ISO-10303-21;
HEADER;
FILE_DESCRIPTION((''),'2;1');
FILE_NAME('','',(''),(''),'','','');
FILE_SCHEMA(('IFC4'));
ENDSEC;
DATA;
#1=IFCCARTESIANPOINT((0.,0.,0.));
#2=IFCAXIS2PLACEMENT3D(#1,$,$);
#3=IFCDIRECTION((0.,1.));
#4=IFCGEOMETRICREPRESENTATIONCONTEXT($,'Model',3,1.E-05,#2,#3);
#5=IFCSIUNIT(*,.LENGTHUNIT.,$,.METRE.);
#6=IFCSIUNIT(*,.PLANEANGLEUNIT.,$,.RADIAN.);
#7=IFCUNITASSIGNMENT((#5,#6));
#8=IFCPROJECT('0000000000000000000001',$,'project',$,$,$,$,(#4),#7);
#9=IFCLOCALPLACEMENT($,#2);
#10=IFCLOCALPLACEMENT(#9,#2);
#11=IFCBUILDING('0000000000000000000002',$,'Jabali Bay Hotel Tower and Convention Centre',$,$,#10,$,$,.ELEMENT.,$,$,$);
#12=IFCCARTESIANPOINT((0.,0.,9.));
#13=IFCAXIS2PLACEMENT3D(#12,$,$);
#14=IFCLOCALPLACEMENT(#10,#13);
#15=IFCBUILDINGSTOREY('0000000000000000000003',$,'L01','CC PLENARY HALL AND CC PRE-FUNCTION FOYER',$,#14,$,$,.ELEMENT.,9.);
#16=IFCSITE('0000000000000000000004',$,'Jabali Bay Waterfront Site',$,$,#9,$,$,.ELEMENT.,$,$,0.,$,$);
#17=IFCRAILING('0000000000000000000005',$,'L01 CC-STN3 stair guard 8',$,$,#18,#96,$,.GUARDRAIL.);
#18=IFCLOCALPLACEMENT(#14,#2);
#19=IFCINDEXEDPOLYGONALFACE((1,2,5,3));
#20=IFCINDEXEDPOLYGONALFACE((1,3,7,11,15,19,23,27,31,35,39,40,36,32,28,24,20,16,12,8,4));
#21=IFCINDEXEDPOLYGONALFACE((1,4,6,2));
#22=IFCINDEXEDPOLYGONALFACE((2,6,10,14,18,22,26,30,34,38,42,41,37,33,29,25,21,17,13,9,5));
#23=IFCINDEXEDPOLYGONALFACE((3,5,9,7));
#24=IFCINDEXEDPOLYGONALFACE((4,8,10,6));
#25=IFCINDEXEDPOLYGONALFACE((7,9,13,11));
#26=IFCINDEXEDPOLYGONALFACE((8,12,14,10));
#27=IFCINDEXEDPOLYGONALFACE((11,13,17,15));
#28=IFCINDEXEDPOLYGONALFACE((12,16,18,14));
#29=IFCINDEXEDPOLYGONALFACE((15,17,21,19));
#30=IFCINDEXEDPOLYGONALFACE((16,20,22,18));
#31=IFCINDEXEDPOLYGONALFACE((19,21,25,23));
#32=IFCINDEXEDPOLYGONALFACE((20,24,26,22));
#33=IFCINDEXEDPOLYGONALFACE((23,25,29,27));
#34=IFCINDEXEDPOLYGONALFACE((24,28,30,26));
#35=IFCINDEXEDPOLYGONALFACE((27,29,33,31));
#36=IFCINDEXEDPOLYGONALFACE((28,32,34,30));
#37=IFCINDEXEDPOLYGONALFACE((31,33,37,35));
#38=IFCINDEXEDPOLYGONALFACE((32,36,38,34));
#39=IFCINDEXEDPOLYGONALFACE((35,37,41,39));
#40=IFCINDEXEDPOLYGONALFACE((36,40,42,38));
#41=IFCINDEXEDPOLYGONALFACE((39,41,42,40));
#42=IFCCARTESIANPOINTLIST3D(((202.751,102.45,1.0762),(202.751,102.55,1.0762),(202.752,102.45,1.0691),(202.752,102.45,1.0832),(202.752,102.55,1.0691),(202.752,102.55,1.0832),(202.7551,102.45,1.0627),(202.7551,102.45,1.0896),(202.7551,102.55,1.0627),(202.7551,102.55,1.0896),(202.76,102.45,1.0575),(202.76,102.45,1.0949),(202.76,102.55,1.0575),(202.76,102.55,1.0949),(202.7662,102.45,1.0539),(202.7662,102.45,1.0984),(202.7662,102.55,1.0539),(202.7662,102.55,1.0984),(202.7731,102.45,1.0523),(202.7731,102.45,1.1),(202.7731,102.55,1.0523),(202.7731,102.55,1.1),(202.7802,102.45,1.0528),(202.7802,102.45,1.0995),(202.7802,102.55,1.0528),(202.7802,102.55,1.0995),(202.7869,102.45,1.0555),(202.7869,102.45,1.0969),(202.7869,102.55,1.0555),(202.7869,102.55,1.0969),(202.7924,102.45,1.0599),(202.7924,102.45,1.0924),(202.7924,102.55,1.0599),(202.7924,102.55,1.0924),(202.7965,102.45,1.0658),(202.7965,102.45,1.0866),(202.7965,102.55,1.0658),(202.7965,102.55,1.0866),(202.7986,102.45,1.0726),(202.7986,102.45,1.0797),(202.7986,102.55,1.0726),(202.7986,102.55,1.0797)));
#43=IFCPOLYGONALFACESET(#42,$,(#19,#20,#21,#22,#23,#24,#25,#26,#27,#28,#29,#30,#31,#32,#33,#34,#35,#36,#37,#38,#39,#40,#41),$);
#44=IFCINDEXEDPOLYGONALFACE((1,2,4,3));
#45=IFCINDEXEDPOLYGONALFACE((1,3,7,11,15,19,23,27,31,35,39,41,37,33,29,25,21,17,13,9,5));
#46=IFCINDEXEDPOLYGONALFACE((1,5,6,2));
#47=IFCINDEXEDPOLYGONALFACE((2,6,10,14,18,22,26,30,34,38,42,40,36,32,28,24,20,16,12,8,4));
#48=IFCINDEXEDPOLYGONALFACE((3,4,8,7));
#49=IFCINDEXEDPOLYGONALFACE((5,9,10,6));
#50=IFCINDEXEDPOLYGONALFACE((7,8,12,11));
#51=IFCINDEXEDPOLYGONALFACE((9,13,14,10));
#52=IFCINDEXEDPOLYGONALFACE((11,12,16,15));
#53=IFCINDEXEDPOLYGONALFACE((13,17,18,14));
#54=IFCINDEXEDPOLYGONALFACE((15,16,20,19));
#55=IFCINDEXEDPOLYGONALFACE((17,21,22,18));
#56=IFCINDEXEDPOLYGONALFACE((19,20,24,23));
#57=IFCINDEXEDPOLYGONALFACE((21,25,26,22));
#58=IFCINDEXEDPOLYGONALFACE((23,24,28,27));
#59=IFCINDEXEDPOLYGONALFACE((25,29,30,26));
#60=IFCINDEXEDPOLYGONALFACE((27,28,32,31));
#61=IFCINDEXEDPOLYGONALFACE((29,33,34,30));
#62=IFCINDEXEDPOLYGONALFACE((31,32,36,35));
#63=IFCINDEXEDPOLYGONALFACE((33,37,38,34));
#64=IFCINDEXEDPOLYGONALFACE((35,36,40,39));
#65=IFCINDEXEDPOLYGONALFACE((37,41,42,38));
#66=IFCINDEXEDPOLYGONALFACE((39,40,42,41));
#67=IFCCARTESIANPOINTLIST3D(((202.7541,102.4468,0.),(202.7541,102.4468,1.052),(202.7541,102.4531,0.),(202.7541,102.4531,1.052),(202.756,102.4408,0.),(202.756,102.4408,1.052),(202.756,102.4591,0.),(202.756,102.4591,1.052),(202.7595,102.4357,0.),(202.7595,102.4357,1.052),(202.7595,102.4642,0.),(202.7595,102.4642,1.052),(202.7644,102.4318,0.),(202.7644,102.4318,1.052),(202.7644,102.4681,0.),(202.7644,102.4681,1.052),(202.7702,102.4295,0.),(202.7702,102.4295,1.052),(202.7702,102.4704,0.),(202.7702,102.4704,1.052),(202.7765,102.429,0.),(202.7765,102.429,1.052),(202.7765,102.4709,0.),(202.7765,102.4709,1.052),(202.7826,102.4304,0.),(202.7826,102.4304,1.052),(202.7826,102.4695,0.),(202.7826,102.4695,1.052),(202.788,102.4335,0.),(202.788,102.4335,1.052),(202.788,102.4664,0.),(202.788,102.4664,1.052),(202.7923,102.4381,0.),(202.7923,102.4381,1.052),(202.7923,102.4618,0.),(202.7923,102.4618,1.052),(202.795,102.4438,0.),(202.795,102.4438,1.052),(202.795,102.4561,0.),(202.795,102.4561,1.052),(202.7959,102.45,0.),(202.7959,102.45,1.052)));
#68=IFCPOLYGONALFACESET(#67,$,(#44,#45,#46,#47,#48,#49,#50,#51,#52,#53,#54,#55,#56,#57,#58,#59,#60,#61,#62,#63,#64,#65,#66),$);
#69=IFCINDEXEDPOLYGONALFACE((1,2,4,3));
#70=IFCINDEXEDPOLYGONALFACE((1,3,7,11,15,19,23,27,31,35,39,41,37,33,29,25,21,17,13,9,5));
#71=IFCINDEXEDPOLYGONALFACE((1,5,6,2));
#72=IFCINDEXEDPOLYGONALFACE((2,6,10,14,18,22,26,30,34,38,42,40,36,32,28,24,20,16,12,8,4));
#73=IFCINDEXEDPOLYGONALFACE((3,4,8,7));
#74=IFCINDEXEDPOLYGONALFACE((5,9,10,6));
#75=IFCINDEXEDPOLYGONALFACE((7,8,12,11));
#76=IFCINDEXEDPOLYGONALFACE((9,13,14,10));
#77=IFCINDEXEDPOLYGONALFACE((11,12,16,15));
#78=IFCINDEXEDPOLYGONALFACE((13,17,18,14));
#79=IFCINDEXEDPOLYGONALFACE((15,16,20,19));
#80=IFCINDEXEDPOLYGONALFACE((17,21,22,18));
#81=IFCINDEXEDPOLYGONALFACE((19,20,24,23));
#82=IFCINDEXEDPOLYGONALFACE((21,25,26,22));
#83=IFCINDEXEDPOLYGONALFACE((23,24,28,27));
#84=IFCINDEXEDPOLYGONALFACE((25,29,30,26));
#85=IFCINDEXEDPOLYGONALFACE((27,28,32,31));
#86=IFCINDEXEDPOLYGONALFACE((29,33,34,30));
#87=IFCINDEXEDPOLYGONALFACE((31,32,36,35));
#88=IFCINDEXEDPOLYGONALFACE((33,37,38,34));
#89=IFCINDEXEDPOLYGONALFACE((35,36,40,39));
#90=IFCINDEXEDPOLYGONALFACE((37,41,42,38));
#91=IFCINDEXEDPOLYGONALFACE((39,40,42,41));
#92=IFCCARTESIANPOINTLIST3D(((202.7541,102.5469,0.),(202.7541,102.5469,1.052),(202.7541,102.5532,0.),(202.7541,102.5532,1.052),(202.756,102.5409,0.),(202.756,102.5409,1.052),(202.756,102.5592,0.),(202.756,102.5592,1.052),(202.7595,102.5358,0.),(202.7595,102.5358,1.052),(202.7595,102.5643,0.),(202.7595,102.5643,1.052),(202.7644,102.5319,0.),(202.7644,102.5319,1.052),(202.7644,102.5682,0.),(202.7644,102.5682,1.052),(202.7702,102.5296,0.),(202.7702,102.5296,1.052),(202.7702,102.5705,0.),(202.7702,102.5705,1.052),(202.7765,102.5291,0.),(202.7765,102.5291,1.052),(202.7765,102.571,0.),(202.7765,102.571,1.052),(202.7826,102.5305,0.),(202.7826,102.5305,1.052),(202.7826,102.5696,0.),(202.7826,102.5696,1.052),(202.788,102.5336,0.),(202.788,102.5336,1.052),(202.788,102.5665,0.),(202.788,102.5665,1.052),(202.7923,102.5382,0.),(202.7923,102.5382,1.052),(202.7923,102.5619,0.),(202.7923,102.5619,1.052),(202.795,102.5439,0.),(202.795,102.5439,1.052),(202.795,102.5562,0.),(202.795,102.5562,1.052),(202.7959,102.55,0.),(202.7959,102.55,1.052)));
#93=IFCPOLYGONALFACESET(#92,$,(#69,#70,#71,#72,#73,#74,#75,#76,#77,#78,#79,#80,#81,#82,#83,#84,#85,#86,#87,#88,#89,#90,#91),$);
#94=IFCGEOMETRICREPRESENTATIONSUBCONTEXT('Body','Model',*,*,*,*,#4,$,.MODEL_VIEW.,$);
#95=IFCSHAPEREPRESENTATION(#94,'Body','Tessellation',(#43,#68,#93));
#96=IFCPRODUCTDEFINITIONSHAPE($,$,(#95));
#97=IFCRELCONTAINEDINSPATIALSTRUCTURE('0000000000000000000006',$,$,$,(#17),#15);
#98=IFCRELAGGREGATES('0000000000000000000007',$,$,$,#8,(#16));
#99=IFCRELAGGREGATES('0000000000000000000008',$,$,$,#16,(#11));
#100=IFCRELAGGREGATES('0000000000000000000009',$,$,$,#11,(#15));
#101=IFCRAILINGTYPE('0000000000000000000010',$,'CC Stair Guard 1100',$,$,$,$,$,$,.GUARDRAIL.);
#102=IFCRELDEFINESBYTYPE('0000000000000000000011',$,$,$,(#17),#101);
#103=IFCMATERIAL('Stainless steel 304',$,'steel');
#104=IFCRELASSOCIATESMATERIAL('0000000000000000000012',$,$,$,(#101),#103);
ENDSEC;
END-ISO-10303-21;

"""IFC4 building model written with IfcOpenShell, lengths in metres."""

from ifc_helpers import new_model, si_unit, direction, frame, origin, origin_2d, place, context, subcontext, project, spatial, circle, extrude, material, type_object, element, save


model = new_model("IFC4")

# Units and contexts
model_context = context("Model", 3, precision=1e-05, world=origin(), true_north=direction((0.0, 1.0)))
body_context = subcontext(model_context, "Body", "Model", "MODEL_VIEW")
ifc_project = project(units=[si_unit("LENGTHUNIT", "METRE"), si_unit("PLANEANGLEUNIT", "RADIAN")], contexts=[model_context])

# Site, building, storey
site_placement = place(None, origin())
site = spatial("IfcSite", under=ifc_project, at=site_placement, Name="Jabali Bay Waterfront Site", CompositionType="ELEMENT", RefElevation=0.0)
building_placement = place(site_placement, origin())
building = spatial("IfcBuilding", under=site, at=building_placement, Name="Jabali Bay Hotel Tower and Convention Centre", CompositionType="ELEMENT")
storey_placement = place(building_placement, frame((0.0, 0.0, 9.0)))
storey = spatial("IfcBuildingStorey", under=building, at=storey_placement, Name="L01", Description="CC PLENARY HALL AND CC PRE-FUNCTION FOYER", CompositionType="ELEMENT", Elevation=9.0)

# Railing
ifc_material_1 = material(Name="Stainless steel 304", Category="steel")
railing_type_1 = type_object("IfcRailingType", Name="CC Stair Guard 1100", PredefinedType="GUARDRAIL", material=ifc_material_1)
railing_1_placement = place(storey_placement, frame((202.7749, 102.45, 0.0)))
element("IfcRailing", 1, at=railing_1_placement, inside=storey, type_object=railing_type_1, Name="L01 CC-STN3 stair guard 8", PredefinedType="GUARDRAIL", context=body_context, shape_type="SweptSolid", body=[
    extrude(circle(Radius=0.0239, at=origin_2d()), frame((0.0, 0.0, 1.0762), z_axis=(0.0, 1.0, 0.0), x_axis=(-1.0, 0.0, 0.0)), (0.0, 0.0, 1.0), 0.1001),
    extrude(circle(Radius=0.021, at=origin_2d()), origin(), (0.0, 0.0, 1.0), 1.052),
    extrude(circle(Radius=0.021, at=origin_2d()), frame((0.0, 0.1001, 0.0)), (0.0, 0.0, 1.0), 1.052),
])

save(model, "model.ifc")
